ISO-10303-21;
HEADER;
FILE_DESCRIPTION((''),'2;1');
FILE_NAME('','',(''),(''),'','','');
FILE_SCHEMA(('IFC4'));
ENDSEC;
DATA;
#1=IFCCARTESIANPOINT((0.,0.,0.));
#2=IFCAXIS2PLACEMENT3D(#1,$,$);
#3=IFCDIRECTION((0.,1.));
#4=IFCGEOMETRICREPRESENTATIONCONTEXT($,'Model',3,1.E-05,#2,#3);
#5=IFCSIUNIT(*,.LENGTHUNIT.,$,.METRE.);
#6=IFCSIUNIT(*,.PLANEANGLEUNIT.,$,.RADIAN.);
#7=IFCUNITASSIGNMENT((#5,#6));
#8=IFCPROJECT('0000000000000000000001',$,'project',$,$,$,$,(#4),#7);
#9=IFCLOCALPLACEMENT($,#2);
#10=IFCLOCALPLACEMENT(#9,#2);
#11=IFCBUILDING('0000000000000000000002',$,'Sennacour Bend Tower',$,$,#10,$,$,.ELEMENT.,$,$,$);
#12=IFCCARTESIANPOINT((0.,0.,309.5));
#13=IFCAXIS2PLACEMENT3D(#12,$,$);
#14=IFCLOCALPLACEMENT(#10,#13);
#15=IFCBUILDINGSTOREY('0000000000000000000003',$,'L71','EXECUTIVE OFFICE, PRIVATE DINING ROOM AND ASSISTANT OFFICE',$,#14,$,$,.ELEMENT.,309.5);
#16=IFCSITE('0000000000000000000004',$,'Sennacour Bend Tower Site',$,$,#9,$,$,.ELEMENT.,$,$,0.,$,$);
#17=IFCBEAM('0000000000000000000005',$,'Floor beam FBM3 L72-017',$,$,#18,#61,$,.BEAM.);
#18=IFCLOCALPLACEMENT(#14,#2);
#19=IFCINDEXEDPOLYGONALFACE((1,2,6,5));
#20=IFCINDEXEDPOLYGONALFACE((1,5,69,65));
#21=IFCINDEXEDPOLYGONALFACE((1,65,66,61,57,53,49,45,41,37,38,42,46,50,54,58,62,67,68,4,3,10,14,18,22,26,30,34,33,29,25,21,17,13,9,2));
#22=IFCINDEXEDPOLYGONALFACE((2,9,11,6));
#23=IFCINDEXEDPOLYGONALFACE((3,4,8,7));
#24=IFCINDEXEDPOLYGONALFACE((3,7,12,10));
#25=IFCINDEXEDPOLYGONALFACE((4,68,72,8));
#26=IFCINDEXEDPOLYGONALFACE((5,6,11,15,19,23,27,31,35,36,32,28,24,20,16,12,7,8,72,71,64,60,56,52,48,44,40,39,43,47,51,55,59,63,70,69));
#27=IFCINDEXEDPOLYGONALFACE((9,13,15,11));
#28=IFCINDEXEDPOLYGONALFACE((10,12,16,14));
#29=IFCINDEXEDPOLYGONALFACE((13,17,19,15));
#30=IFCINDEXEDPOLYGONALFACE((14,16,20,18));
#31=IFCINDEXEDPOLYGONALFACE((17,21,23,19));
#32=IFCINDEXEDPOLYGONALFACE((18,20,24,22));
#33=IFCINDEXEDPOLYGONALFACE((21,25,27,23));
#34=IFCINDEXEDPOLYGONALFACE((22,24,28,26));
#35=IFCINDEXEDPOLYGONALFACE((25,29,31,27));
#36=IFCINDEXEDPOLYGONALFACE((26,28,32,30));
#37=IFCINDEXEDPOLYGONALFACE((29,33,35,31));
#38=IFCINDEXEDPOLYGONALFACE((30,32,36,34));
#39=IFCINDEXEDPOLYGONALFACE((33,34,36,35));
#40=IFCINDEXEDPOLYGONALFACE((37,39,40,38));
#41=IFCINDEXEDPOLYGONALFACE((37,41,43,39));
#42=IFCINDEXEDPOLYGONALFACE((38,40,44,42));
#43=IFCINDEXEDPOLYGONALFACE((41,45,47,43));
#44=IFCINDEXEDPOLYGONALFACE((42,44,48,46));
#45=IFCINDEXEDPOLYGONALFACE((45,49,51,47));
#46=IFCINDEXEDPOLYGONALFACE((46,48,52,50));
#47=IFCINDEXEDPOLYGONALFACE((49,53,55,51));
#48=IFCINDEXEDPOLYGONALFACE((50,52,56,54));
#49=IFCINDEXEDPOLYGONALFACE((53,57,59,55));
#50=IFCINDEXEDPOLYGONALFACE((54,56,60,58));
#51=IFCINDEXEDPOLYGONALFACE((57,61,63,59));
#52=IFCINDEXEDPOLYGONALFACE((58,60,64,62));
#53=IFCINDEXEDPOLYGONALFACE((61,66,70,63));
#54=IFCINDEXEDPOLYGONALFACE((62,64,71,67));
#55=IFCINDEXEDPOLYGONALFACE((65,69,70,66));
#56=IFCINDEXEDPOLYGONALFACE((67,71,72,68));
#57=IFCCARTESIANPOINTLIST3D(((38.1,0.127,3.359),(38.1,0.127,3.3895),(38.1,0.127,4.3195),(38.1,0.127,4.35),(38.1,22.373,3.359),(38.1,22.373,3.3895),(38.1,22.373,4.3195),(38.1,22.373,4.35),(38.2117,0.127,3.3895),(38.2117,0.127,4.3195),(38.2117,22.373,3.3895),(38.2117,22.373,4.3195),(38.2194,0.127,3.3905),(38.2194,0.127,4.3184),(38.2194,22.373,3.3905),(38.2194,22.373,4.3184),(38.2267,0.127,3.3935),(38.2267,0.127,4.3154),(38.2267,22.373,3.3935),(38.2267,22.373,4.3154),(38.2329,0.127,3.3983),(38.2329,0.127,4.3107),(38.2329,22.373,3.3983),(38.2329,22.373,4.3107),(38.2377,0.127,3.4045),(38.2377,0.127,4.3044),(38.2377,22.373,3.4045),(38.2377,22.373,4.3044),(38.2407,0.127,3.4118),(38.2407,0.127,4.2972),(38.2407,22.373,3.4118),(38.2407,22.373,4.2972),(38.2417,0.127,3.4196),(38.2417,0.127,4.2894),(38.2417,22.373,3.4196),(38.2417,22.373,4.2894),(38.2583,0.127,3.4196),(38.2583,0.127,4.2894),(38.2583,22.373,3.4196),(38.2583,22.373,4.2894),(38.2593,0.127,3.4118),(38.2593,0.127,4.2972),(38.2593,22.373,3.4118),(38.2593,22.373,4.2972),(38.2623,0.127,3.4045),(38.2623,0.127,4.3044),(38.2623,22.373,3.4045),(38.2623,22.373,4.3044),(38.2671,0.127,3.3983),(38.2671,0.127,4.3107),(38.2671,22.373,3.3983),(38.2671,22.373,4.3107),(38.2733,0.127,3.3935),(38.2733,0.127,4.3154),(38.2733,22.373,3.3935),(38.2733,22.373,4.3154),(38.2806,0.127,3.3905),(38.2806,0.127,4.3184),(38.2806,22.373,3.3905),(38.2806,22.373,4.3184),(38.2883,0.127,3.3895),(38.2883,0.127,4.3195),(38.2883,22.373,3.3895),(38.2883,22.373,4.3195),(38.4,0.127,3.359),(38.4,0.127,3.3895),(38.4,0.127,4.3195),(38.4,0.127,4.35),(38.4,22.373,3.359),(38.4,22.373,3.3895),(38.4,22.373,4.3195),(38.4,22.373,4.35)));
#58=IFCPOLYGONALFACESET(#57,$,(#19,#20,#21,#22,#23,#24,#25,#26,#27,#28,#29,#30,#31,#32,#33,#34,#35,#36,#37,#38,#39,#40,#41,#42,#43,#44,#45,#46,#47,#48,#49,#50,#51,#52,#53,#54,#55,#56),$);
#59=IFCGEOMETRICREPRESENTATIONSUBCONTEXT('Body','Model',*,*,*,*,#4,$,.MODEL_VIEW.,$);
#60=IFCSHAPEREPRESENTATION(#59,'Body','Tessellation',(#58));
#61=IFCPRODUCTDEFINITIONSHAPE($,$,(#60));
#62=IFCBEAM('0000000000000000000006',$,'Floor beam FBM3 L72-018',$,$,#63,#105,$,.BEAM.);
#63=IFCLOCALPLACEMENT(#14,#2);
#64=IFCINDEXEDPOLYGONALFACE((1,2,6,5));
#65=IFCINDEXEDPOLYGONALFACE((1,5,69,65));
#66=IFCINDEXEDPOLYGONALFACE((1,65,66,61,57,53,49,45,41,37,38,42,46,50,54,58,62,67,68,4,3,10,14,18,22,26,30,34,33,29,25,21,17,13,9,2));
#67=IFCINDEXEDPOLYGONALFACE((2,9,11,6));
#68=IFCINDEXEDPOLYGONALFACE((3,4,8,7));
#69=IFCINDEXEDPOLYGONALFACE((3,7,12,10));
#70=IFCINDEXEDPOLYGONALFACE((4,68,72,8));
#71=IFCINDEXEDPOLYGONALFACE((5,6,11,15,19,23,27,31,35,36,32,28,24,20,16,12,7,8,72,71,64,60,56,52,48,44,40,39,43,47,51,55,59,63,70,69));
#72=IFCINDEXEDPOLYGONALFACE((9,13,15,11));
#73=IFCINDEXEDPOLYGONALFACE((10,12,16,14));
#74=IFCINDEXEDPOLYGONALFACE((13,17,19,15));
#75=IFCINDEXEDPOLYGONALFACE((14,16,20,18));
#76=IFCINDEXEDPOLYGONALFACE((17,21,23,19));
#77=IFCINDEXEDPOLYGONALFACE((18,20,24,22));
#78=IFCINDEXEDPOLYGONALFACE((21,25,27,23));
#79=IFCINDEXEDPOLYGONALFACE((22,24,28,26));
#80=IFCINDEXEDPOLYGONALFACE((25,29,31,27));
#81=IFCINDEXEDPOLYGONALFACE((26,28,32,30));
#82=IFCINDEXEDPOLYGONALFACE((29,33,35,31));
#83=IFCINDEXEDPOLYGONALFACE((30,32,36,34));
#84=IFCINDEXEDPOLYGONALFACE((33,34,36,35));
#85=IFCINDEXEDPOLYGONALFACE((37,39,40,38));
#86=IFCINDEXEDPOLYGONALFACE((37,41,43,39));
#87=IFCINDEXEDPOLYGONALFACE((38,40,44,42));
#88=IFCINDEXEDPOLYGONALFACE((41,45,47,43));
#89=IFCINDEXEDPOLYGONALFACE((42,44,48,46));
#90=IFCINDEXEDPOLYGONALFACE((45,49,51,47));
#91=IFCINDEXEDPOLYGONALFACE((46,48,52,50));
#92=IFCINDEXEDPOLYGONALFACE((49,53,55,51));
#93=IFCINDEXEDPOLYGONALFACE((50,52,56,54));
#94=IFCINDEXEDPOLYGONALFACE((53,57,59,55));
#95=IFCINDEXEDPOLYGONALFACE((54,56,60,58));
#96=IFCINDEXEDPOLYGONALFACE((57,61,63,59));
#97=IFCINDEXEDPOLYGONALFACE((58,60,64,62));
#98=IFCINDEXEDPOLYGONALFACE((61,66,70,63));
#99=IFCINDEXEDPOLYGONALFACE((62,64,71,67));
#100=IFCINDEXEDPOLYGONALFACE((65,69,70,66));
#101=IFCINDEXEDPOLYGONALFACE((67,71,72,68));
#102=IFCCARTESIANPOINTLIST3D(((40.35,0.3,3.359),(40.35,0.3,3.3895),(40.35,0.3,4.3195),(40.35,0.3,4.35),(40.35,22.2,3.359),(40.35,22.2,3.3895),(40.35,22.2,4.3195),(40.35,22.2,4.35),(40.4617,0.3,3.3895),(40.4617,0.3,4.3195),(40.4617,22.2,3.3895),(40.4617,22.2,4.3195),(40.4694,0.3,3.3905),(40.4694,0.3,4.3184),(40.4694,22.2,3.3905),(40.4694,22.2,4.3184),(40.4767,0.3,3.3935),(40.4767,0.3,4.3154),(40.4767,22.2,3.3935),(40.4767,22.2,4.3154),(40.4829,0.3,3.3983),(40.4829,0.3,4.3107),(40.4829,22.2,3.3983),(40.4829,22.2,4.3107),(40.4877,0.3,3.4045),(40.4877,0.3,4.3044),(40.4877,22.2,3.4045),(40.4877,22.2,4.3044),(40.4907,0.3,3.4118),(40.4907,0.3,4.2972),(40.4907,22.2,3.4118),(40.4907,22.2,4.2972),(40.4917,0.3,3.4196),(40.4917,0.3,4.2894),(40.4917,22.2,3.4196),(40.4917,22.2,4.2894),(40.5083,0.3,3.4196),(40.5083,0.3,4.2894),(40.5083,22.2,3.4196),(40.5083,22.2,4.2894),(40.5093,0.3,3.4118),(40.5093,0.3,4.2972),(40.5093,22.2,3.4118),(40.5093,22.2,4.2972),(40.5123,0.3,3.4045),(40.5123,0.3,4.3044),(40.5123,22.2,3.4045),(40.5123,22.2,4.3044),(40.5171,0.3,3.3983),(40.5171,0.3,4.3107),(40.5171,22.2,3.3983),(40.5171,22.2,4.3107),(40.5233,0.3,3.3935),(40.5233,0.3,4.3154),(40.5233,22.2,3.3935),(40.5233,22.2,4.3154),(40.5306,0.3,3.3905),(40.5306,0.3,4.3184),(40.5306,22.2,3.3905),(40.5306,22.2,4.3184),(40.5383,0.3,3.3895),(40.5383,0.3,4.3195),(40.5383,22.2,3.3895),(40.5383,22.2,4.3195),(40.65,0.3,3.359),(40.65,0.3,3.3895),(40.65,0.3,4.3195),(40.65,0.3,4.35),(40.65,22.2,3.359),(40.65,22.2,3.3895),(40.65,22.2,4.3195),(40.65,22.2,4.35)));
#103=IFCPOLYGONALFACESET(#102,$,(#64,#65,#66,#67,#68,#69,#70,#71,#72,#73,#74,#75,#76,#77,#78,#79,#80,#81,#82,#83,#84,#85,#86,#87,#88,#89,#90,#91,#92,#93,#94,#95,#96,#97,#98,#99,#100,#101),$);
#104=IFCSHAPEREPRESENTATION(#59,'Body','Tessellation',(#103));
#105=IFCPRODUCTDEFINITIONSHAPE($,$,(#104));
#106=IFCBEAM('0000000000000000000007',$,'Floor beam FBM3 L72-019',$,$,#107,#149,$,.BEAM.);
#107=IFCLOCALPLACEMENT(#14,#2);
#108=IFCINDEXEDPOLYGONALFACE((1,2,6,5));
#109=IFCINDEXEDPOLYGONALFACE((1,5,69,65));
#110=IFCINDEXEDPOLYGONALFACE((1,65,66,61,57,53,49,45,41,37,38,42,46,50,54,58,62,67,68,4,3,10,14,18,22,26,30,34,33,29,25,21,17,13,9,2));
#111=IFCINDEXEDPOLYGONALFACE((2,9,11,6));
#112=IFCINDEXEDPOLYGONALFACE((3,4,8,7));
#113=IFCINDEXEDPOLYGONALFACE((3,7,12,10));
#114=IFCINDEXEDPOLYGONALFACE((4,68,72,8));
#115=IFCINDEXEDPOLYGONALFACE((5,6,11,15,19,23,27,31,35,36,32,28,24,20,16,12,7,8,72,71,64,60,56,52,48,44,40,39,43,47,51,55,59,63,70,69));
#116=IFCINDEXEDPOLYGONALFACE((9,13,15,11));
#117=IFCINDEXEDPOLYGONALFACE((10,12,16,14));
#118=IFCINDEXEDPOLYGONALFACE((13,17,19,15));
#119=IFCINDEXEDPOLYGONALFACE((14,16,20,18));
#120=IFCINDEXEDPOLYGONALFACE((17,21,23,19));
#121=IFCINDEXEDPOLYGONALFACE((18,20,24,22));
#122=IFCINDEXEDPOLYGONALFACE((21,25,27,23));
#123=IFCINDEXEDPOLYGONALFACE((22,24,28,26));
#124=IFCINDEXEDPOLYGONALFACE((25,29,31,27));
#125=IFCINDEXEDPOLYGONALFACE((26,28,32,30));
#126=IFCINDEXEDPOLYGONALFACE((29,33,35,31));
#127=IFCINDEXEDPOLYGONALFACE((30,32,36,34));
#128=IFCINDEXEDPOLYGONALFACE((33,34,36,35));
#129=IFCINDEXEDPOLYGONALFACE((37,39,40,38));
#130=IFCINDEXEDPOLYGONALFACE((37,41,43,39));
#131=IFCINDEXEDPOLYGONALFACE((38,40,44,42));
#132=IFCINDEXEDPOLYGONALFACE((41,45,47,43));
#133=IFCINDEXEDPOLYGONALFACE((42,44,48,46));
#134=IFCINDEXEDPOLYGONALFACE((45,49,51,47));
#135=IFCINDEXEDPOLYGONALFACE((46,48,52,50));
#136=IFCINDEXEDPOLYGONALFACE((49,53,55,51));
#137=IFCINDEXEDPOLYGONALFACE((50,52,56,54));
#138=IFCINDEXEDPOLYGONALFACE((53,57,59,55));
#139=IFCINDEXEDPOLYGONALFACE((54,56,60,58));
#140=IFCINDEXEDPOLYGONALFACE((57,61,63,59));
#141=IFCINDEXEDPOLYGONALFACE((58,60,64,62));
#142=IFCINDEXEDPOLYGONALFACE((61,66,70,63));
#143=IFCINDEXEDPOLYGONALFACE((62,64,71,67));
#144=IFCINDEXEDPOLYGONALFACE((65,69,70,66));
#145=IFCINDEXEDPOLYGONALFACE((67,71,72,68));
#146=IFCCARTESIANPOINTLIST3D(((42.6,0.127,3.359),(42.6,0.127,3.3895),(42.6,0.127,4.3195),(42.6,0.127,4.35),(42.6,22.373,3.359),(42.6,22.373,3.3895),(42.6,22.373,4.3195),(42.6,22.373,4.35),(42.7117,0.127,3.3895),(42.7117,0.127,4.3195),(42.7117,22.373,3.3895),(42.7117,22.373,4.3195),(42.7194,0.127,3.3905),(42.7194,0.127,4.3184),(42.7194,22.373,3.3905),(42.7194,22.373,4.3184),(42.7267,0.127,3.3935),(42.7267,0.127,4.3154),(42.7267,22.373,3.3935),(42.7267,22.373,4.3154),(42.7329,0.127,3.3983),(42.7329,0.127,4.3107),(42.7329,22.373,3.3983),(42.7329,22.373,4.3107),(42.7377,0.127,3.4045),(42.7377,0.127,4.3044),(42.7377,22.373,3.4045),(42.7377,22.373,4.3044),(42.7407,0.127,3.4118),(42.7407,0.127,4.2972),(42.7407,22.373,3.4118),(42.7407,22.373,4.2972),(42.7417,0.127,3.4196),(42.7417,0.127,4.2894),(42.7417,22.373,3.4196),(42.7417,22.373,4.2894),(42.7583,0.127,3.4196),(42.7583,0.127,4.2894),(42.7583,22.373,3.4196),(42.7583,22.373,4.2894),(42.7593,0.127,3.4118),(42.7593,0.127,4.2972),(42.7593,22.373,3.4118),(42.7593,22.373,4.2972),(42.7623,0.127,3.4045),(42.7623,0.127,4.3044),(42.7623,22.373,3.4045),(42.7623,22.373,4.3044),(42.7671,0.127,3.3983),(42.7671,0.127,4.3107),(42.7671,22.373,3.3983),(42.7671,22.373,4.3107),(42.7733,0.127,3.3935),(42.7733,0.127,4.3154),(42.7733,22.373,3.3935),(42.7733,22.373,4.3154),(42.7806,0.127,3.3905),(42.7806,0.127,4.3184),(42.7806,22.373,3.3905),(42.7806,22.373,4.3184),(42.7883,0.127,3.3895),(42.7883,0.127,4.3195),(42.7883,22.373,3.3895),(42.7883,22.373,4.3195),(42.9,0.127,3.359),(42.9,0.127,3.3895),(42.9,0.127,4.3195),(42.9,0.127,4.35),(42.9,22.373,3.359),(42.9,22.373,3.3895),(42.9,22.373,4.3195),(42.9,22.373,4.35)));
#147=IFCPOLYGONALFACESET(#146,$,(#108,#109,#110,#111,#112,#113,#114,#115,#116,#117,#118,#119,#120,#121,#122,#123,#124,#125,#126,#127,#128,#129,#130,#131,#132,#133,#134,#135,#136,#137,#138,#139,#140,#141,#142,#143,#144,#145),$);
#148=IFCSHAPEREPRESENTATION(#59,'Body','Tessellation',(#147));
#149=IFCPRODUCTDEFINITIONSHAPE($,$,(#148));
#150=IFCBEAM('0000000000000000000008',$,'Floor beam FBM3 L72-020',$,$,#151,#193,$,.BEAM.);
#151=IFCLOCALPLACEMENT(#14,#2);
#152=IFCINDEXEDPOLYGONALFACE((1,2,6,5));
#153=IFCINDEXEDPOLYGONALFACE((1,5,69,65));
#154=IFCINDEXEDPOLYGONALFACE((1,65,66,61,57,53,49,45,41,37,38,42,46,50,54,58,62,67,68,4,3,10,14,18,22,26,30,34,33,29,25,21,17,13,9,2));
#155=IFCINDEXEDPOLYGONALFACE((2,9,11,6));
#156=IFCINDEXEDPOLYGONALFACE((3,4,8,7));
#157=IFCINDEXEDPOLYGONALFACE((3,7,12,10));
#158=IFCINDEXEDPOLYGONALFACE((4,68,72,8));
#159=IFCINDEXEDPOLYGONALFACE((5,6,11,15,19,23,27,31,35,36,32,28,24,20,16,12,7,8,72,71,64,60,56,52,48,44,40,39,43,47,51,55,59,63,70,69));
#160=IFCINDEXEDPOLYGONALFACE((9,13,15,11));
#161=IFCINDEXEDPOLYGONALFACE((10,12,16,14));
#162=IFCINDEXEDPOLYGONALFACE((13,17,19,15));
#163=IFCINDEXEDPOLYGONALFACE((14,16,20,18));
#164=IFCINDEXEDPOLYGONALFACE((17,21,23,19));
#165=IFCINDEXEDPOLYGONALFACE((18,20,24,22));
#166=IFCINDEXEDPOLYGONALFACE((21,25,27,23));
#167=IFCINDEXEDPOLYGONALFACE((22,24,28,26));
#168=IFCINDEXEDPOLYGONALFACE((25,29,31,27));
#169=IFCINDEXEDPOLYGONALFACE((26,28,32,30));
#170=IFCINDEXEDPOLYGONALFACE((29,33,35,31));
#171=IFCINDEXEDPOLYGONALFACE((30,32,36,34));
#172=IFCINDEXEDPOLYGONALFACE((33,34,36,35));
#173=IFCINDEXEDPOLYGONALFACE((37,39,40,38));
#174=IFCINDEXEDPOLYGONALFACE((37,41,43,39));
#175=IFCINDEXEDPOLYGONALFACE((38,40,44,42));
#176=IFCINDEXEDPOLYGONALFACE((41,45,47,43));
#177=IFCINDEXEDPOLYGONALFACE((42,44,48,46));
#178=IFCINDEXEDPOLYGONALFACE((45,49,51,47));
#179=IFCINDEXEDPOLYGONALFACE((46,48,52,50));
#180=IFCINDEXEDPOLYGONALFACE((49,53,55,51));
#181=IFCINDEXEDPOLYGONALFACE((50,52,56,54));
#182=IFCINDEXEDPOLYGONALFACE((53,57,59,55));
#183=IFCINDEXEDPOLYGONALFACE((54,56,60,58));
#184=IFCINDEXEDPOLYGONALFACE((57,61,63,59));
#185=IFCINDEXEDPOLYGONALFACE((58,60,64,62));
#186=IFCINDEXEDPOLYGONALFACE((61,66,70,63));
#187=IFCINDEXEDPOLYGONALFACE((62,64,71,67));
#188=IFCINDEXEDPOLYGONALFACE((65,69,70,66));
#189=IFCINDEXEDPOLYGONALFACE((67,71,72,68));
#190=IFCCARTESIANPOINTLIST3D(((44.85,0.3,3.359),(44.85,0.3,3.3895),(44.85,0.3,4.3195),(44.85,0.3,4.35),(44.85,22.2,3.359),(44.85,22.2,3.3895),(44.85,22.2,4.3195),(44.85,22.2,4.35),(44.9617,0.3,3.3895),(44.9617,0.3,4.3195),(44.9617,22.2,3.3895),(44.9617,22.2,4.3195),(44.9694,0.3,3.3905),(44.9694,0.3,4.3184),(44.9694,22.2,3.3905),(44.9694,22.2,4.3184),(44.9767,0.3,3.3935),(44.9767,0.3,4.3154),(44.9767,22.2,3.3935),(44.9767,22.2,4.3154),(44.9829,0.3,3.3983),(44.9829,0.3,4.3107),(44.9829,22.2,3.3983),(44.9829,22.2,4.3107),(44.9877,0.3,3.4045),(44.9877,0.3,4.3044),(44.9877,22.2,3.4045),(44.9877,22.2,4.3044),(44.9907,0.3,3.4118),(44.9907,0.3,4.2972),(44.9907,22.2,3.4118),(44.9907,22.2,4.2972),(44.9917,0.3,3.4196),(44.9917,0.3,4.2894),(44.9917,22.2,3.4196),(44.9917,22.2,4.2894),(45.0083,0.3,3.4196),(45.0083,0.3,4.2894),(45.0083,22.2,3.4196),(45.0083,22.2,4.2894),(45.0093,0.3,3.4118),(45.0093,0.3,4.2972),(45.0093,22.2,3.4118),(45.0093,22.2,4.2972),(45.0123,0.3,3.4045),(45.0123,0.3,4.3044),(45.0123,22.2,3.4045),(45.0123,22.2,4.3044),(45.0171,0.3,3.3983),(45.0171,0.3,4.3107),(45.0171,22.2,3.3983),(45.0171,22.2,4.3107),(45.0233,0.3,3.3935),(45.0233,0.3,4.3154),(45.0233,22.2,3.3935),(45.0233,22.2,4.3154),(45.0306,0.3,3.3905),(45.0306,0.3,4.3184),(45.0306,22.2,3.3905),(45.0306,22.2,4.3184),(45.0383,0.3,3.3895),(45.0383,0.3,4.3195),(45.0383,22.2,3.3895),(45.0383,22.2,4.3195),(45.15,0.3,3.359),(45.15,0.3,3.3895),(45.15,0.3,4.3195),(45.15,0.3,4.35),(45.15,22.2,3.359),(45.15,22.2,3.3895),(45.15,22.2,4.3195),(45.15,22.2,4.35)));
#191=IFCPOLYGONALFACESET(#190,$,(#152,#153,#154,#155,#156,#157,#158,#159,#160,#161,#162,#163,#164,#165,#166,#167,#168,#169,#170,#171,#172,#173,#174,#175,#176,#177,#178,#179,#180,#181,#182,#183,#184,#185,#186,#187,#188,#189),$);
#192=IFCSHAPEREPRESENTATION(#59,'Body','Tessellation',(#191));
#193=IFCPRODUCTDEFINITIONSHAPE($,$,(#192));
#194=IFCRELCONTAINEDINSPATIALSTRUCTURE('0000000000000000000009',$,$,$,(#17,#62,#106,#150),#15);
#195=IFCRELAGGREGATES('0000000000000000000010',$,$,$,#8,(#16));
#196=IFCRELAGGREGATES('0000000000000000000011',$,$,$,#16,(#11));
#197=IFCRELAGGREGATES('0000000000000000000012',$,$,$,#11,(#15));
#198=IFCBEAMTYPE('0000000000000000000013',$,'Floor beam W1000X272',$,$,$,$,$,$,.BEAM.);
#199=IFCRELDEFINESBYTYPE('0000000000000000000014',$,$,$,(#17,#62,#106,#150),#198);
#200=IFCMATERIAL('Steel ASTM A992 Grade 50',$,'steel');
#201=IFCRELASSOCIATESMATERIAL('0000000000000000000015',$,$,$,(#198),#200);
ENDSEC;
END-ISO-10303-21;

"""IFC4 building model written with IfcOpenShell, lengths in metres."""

from ifc_helpers import new_model, si_unit, direction, frame, origin, origin_2d, place, context, subcontext, project, spatial, i_section, extrude, material, material_profile, profile_set, type_object, element, save


model = new_model("IFC4")

# Units and contexts
model_context = context("Model", 3, precision=1e-05, world=origin(), true_north=direction((0.0, 1.0)))
body_context = subcontext(model_context, "Body", "Model", "MODEL_VIEW")
ifc_project = project(units=[si_unit("LENGTHUNIT", "METRE"), si_unit("PLANEANGLEUNIT", "RADIAN")], contexts=[model_context])

# Site, building, storey
site_placement = place(None, origin())
site = spatial("IfcSite", under=ifc_project, at=site_placement, Name="Sennacour Bend Tower Site", CompositionType="ELEMENT", RefElevation=0.0)
building_placement = place(site_placement, origin())
building = spatial("IfcBuilding", under=site, at=building_placement, Name="Sennacour Bend Tower", CompositionType="ELEMENT")
storey_placement = place(building_placement, frame((0.0, 0.0, 309.5)))
storey = spatial("IfcBuildingStorey", under=building, at=storey_placement, Name="L71", Description="EXECUTIVE OFFICE, PRIVATE DINING ROOM AND ASSISTANT OFFICE", CompositionType="ELEMENT", Elevation=309.5)

# Beams
ifc_material_1 = material(Name="Steel ASTM A992 Grade 50", Category="steel")
ifc_material_profile_1 = material_profile(ifc_material_1, i_section(OverallWidth=0.3, OverallDepth=0.991, WebThickness=0.0166, FlangeThickness=0.0305, FilletRadius=0.03, at=origin_2d()), Name="Steel ASTM A992 Grade 50", Category="steel")
ifc_profile_set_1 = profile_set([ifc_material_profile_1], Name="Steel ASTM A992 Grade 50")
beam_type_1 = type_object("IfcBeamType", Name="Floor beam W1000X272", PredefinedType="BEAM", material=ifc_profile_set_1)
beam_1_placement = place(storey_placement, frame((38.25, 0.127, 3.8545), z_axis=(0.0, 1.0, 0.0), x_axis=(-1.0, 0.0, 0.0)))
element("IfcBeam", 1, at=beam_1_placement, inside=storey, type_object=beam_type_1, Name="Floor beam FBM3 L72-017", PredefinedType="BEAM", context=body_context, shape_type="SweptSolid", body=[
    extrude(i_section(OverallWidth=0.3, OverallDepth=0.991, WebThickness=0.0166, FlangeThickness=0.0305, FilletRadius=0.03, at=origin_2d()), origin(), (0.0, 0.0, 1.0), 22.2461),
])
beam_2_placement = place(storey_placement, frame((40.5, 0.3, 3.8545), z_axis=(0.0, 1.0, 0.0), x_axis=(-1.0, 0.0, 0.0)))
element("IfcBeam", 2, at=beam_2_placement, inside=storey, type_object=beam_type_1, Name="Floor beam FBM3 L72-018", PredefinedType="BEAM", context=body_context, shape_type="SweptSolid", body=[
    extrude(i_section(OverallWidth=0.3, OverallDepth=0.991, WebThickness=0.0166, FlangeThickness=0.0305, FilletRadius=0.03, at=origin_2d()), origin(), (0.0, 0.0, 1.0), 21.8999),
])
beam_3_placement = place(storey_placement, frame((42.75, 0.127, 3.8545), z_axis=(0.0, 1.0, 0.0), x_axis=(-1.0, 0.0, 0.0)))
element("IfcBeam", 3, at=beam_3_placement, inside=storey, type_object=beam_type_1, Name="Floor beam FBM3 L72-019", PredefinedType="BEAM", context=body_context, shape_type="SweptSolid", body=[
    extrude(i_section(OverallWidth=0.3, OverallDepth=0.991, WebThickness=0.0166, FlangeThickness=0.0305, FilletRadius=0.03, at=origin_2d()), origin(), (0.0, 0.0, 1.0), 22.2461),
])
beam_4_placement = place(storey_placement, frame((45.0, 0.3, 3.8545), z_axis=(0.0, 1.0, 0.0), x_axis=(-1.0, 0.0, 0.0)))
element("IfcBeam", 4, at=beam_4_placement, inside=storey, type_object=beam_type_1, Name="Floor beam FBM3 L72-020", PredefinedType="BEAM", context=body_context, shape_type="SweptSolid", body=[
    extrude(i_section(OverallWidth=0.3, OverallDepth=0.991, WebThickness=0.0166, FlangeThickness=0.0305, FilletRadius=0.03, at=origin_2d()), origin(), (0.0, 0.0, 1.0), 21.8999),
])

save(model, "model.ifc")
